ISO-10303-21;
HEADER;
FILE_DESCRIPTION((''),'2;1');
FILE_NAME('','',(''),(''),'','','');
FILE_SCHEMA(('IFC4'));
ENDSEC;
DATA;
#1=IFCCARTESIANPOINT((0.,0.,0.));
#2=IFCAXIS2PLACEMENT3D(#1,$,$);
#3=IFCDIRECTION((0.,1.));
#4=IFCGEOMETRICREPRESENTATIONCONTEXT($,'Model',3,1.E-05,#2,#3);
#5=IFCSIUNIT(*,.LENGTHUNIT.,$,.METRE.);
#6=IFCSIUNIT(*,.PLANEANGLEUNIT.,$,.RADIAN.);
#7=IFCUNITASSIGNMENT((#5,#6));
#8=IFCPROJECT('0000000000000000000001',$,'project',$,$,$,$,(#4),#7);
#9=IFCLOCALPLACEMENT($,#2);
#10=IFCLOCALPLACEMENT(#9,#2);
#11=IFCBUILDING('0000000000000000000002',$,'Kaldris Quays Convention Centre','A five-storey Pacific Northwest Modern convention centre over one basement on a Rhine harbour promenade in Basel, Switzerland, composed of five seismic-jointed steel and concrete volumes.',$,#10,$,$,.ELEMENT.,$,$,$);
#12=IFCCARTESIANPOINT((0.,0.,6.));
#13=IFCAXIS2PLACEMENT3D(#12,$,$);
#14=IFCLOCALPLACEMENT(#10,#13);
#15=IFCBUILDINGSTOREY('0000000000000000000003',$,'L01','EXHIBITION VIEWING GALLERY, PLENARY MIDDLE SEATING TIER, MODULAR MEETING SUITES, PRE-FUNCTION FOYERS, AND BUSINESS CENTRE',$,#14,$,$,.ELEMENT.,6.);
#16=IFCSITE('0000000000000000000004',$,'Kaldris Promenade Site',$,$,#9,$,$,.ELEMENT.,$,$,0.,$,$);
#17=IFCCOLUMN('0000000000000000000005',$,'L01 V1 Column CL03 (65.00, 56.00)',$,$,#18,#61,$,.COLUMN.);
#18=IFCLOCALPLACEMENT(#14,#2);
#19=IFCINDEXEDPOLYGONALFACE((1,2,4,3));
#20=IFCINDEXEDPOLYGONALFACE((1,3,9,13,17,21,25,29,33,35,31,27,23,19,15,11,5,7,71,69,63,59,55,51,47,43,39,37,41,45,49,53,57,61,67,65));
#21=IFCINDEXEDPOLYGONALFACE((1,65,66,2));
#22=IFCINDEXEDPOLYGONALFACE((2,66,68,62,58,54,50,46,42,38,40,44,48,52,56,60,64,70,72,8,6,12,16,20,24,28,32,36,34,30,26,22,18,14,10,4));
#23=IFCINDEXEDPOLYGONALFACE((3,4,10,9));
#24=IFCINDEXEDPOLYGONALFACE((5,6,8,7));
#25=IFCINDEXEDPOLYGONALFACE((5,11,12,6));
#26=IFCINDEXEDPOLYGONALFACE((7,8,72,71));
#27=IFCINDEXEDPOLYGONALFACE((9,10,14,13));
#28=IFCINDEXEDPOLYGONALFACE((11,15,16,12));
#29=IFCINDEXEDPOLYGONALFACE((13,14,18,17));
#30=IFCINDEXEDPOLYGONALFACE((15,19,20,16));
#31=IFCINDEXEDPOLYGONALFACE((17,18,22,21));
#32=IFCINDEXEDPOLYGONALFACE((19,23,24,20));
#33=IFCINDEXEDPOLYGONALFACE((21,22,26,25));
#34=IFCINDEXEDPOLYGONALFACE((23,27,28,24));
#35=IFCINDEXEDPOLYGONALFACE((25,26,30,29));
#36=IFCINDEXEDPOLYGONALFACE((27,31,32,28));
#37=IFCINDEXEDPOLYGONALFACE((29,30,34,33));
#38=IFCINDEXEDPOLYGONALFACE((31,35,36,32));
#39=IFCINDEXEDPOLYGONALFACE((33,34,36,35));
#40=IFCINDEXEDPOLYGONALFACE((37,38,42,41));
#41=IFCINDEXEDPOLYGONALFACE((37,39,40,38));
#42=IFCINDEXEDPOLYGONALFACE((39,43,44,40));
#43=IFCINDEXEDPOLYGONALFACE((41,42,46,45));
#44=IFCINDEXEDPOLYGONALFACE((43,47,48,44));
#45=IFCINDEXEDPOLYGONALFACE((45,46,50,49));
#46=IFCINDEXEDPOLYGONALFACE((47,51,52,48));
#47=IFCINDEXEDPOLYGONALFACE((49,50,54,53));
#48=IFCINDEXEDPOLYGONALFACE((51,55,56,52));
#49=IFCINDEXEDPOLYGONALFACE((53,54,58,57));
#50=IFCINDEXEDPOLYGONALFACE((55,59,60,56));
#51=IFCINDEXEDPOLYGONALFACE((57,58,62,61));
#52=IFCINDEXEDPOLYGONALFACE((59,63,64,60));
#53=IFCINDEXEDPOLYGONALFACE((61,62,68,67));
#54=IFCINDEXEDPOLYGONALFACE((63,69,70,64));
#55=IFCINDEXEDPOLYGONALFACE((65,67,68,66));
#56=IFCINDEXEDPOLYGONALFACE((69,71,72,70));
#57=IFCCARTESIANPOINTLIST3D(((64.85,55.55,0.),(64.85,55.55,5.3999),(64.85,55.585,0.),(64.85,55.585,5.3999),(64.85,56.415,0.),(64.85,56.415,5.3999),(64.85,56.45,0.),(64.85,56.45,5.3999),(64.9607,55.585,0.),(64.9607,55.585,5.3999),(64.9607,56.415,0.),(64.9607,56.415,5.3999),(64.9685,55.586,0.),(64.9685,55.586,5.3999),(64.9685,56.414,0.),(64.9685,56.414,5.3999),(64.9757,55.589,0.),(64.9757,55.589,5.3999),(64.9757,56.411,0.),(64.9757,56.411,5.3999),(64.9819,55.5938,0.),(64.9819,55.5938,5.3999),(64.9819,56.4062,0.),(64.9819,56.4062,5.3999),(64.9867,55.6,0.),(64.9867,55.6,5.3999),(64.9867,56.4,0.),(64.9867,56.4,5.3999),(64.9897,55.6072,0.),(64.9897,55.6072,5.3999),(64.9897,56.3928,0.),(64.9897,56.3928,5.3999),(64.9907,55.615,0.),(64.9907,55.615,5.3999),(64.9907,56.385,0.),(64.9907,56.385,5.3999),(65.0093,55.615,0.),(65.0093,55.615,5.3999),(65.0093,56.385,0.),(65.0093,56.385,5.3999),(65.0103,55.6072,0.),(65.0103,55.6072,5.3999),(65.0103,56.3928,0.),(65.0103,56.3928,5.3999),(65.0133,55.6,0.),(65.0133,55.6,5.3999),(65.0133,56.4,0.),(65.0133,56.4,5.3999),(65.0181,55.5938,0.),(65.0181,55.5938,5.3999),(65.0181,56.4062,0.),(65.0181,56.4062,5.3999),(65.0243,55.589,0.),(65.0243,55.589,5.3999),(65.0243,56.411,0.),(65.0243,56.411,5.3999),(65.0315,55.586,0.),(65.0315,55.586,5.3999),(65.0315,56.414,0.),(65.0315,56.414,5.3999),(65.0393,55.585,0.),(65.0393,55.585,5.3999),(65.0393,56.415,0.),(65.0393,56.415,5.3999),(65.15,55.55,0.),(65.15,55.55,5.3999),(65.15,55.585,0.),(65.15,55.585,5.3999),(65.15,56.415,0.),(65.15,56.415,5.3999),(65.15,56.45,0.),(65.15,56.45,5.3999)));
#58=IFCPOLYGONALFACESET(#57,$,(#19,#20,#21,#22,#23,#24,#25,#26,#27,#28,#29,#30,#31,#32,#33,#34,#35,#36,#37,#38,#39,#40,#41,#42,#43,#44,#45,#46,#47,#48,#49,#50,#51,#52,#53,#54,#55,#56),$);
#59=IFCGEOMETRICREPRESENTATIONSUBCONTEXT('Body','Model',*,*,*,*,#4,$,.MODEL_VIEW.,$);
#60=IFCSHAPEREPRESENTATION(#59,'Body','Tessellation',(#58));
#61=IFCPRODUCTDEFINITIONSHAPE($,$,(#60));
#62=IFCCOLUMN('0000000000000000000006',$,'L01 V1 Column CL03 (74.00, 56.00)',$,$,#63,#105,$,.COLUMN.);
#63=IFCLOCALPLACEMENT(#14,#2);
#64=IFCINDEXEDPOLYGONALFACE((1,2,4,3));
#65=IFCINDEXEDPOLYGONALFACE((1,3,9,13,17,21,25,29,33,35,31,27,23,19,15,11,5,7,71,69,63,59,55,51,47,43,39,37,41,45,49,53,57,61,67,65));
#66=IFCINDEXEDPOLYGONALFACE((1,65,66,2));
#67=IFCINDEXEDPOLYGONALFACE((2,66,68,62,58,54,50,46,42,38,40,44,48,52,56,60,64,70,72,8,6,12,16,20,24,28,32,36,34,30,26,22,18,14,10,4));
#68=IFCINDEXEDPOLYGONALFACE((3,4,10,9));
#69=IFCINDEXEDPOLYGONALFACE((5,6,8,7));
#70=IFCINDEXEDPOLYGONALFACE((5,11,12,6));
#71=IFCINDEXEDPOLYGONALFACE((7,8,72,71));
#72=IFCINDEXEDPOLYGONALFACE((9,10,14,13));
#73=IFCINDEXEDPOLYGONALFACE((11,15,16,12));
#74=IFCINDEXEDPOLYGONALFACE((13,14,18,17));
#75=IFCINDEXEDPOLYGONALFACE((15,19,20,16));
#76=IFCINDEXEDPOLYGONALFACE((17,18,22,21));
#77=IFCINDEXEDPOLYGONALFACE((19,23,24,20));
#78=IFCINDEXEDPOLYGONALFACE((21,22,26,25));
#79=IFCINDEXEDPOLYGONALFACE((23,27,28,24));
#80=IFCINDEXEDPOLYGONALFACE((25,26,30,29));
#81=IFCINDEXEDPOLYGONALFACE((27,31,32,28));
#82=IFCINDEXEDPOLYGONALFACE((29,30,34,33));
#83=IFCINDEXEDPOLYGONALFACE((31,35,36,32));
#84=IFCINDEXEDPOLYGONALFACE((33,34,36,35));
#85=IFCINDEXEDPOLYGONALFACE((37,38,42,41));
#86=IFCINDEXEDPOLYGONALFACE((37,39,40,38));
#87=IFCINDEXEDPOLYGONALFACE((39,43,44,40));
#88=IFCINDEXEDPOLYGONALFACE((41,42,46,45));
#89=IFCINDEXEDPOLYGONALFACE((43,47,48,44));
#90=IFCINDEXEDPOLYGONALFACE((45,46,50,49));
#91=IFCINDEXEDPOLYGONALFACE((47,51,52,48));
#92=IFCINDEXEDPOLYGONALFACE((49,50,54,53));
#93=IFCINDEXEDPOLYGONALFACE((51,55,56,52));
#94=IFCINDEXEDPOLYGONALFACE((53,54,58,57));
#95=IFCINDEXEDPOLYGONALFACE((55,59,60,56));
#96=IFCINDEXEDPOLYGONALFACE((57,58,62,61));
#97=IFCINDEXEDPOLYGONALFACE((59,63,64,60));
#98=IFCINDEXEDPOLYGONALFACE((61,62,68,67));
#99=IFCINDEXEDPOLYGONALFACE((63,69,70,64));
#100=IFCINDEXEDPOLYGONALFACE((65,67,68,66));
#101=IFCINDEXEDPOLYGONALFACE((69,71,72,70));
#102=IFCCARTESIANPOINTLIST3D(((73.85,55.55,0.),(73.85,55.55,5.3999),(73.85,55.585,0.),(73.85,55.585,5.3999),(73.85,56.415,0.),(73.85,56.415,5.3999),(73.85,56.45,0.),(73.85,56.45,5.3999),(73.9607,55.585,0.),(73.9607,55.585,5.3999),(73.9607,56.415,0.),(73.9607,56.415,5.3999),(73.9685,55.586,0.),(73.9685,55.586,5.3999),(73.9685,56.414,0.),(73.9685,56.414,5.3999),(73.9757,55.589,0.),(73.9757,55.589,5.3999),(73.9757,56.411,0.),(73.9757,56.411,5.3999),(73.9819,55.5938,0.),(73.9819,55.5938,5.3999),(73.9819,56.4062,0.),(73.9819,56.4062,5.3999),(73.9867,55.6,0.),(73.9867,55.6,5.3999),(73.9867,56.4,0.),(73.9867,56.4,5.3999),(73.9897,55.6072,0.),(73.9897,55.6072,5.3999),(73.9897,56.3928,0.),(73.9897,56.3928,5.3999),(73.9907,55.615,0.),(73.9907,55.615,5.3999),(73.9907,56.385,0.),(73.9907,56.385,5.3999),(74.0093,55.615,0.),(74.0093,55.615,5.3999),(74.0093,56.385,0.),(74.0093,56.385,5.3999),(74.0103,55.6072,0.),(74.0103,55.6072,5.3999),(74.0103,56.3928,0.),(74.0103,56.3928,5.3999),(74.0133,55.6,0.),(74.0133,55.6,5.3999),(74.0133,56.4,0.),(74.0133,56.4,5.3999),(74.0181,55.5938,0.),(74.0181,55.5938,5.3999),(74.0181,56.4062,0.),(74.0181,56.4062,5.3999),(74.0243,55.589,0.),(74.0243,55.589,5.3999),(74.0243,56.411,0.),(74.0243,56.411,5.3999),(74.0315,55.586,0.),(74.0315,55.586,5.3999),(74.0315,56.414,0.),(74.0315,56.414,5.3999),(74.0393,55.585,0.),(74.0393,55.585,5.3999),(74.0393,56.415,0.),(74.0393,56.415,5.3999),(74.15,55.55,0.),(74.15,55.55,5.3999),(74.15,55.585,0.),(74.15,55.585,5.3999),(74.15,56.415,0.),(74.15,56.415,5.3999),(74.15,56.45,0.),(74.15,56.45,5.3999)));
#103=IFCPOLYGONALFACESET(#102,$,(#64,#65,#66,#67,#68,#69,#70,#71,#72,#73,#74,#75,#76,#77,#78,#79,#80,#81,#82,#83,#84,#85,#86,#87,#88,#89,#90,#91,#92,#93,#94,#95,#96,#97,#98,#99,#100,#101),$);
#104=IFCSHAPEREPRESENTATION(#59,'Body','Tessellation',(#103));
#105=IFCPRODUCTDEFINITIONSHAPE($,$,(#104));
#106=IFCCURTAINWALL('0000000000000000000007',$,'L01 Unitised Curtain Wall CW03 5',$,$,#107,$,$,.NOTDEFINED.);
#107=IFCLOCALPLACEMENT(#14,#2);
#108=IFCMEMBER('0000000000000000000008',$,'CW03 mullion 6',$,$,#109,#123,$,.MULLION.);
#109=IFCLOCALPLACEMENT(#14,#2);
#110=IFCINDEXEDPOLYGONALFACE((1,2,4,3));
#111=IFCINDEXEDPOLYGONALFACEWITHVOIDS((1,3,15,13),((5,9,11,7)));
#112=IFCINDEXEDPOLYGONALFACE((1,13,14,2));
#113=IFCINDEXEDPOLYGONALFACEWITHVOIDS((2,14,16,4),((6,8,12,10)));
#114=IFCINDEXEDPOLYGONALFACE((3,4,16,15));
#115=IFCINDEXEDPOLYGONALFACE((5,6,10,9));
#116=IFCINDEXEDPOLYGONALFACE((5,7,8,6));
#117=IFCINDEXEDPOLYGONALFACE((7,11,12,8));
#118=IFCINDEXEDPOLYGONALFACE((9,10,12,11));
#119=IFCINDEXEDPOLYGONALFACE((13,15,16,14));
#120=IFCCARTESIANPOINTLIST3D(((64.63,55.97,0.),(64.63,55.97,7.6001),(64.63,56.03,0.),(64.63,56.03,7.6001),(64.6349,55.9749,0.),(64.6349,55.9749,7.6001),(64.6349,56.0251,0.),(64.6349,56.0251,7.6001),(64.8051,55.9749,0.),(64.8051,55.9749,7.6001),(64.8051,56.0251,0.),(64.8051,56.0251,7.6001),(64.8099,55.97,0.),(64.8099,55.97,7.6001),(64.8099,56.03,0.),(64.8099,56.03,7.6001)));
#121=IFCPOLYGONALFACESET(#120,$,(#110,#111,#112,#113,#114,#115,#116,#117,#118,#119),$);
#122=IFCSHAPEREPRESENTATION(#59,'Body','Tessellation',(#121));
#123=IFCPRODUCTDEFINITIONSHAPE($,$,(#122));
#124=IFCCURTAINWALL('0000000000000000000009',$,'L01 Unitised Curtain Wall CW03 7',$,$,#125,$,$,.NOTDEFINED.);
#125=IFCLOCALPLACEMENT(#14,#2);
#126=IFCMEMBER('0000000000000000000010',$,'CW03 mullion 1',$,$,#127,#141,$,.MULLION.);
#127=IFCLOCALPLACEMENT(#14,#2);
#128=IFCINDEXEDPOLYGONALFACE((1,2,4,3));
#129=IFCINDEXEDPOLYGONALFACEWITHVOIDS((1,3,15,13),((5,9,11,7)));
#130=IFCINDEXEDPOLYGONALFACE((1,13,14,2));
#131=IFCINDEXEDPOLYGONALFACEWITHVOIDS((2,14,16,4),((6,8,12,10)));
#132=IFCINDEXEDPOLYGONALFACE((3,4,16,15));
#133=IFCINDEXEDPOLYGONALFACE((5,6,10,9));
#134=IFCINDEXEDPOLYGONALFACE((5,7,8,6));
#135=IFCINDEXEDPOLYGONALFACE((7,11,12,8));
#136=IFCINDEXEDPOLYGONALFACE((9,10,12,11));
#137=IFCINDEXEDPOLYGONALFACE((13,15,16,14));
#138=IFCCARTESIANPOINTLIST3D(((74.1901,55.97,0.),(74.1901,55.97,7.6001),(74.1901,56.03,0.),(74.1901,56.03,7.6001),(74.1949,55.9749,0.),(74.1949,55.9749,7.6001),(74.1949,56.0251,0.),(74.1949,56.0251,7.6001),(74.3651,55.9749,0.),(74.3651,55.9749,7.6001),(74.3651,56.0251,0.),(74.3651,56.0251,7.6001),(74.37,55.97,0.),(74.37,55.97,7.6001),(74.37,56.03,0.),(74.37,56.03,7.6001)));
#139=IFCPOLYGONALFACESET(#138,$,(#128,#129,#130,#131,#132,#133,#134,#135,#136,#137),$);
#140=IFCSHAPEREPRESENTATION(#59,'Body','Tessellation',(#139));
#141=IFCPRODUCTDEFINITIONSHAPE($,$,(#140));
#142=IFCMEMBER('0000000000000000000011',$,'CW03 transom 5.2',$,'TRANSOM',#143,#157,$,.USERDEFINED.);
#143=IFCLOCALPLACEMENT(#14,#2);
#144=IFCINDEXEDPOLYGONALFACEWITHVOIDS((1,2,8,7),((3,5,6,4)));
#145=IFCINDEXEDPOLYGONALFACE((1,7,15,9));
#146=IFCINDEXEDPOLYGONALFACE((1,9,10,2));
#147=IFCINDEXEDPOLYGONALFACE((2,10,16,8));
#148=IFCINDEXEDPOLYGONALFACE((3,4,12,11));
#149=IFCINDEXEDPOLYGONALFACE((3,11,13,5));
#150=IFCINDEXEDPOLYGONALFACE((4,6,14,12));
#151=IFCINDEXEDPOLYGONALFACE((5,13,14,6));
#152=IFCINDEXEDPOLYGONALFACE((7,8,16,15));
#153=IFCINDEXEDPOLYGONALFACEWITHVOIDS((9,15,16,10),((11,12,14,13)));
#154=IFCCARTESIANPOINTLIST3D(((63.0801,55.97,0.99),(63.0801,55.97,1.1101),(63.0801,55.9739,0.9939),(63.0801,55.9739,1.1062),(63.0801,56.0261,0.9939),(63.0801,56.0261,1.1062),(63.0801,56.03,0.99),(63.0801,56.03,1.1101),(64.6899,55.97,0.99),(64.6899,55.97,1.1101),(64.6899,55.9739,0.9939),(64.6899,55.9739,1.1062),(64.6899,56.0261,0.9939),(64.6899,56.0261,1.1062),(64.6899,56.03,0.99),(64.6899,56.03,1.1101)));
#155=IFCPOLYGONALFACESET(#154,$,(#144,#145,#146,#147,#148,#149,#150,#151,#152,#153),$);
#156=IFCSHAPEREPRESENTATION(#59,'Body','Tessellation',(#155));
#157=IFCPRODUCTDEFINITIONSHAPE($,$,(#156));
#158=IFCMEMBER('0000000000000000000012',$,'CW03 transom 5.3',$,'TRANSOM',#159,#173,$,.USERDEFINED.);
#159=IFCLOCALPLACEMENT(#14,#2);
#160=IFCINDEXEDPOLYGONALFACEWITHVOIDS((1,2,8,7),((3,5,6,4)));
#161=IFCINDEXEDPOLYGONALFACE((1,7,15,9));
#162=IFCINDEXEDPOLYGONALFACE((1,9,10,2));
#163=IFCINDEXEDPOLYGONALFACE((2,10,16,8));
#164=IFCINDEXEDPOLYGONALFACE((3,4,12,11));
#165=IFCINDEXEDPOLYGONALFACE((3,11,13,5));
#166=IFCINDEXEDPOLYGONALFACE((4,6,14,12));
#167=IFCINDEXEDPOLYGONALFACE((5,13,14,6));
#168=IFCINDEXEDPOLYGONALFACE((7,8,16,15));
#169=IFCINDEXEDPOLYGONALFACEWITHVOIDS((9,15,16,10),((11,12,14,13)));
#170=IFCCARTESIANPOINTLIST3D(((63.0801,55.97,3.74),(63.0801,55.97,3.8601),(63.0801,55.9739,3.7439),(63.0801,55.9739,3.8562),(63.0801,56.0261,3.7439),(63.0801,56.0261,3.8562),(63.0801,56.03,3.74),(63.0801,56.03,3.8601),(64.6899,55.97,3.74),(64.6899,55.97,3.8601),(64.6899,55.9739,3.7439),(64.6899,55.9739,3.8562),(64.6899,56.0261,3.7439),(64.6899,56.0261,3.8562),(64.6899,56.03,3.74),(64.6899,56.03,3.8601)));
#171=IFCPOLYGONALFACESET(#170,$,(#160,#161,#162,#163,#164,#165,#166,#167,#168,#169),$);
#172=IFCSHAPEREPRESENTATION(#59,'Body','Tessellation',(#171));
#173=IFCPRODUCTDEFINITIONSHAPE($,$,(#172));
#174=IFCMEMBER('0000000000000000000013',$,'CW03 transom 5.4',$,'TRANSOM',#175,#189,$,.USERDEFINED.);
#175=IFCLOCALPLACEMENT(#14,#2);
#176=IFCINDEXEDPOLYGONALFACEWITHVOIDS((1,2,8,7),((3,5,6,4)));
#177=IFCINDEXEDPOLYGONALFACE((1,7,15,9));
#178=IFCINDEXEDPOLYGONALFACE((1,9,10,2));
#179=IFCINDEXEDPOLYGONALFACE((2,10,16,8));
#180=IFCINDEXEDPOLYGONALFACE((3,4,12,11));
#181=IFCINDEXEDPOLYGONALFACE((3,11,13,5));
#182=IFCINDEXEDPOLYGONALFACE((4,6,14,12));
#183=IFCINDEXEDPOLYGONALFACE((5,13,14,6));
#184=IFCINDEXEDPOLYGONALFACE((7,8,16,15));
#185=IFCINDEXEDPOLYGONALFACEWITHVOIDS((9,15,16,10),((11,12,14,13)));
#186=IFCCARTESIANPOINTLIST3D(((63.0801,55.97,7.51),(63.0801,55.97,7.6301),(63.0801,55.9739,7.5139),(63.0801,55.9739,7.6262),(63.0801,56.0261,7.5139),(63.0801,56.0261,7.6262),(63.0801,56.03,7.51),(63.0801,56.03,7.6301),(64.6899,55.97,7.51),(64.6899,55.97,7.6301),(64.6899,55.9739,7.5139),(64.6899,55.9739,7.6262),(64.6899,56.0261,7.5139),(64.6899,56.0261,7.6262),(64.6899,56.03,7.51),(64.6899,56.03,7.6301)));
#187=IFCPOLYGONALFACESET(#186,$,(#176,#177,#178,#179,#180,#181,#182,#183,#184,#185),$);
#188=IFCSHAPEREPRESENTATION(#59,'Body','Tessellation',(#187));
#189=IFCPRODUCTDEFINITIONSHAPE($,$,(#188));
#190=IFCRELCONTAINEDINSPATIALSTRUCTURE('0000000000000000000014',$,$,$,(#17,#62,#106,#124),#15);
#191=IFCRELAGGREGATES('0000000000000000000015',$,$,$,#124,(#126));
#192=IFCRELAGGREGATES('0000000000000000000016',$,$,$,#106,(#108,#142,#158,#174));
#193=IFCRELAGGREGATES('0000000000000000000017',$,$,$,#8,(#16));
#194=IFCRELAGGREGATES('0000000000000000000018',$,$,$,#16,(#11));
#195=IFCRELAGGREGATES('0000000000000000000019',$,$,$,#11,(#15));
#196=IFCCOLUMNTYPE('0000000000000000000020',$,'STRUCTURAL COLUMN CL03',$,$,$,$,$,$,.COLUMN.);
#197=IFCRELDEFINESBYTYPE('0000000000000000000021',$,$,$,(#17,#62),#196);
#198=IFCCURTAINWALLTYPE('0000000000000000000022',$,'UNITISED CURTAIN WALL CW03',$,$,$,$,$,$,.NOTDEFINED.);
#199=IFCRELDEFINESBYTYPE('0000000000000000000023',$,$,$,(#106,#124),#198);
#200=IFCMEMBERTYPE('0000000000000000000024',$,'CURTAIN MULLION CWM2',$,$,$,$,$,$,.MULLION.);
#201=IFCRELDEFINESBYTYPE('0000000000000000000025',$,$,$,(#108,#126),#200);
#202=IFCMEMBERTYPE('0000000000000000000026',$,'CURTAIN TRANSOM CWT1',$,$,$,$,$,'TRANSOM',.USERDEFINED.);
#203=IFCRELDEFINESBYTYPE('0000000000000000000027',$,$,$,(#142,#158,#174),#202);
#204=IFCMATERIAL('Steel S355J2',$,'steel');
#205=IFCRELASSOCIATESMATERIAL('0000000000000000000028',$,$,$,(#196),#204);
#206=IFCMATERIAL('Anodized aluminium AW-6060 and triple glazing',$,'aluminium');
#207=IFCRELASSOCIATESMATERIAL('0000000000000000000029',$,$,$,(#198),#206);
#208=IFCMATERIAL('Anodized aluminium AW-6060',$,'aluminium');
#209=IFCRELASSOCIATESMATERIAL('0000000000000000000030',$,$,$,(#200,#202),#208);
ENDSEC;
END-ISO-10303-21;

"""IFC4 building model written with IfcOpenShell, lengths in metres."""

from ifc_helpers import new_model, si_unit, direction, frame, origin, origin_2d, place, context, subcontext, project, spatial, hollow_rectangle, i_section, extrude, material, material_profile, profile_set, type_object, element, aggregate, save


model = new_model("IFC4")

# Units and contexts
model_context = context("Model", 3, precision=1e-05, world=origin(), true_north=direction((0.0, 1.0)))
body_context = subcontext(model_context, "Body", "Model", "MODEL_VIEW")
ifc_project = project(units=[si_unit("LENGTHUNIT", "METRE"), si_unit("PLANEANGLEUNIT", "RADIAN")], contexts=[model_context])

# Site, building, storey
site_placement = place(None, origin())
site = spatial("IfcSite", under=ifc_project, at=site_placement, Name="Kaldris Promenade Site", CompositionType="ELEMENT", RefElevation=0.0)
building_placement = place(site_placement, origin())
building = spatial("IfcBuilding", under=site, at=building_placement, Name="Kaldris Quays Convention Centre", Description="A five-storey Pacific Northwest Modern convention centre over one basement on a Rhine harbour promenade in Basel, Switzerland, composed of five seismic-jointed steel and concrete volumes.", CompositionType="ELEMENT")
storey_placement = place(building_placement, frame((0.0, 0.0, 6.0)))
storey = spatial("IfcBuildingStorey", under=building, at=storey_placement, Name="L01", Description="EXHIBITION VIEWING GALLERY, PLENARY MIDDLE SEATING TIER, MODULAR MEETING SUITES, PRE-FUNCTION FOYERS, AND BUSINESS CENTRE", CompositionType="ELEMENT", Elevation=6.0)

# Columns
ifc_material_1 = material(Name="Steel S355J2", Category="steel")
ifc_material_profile_1 = material_profile(ifc_material_1, i_section(OverallWidth=0.3, OverallDepth=0.8999, WebThickness=0.0186, FlangeThickness=0.0349, FilletRadius=0.03, at=origin_2d()), Name="HEB 900")
ifc_profile_set_1 = profile_set([ifc_material_profile_1], Name="Steel S355J2")
column_type = type_object("IfcColumnType", Name="STRUCTURAL COLUMN CL03", PredefinedType="COLUMN", material=ifc_profile_set_1)
for number, where, z_axis, x_axis, name in (
    (1, (65.0, 56.0, 0.0), (0.0, 0.0, 1.0), (1.0, 0.0, 0.0), "L01 V1 Column CL03 (65.00, 56.00)"),
    (2, (74.0, 56.0, 0.0), (0.0, 0.0, 1.0), (1.0, 0.0, 0.0), "L01 V1 Column CL03 (74.00, 56.00)"),
):
    element("IfcColumn", number, at=place(storey_placement, frame(where, z_axis=z_axis, x_axis=x_axis)), inside=storey, type_object=column_type, Name=name, PredefinedType="COLUMN", context=body_context, shape_type="SweptSolid", body=[
        extrude(i_section(OverallWidth=0.3, OverallDepth=0.8999, WebThickness=0.0186, FlangeThickness=0.0349, FilletRadius=0.03, at=origin_2d()), origin(), (0.0, 0.0, 1.0), 5.3999),
    ])

# Curtain walls, members
ifc_material_2 = material(Name="Anodized aluminium AW-6060 and triple glazing", Category="aluminium")
curtain_wall_type = type_object("IfcCurtainWallType", Name="UNITISED CURTAIN WALL CW03", PredefinedType="NOTDEFINED", material=ifc_material_2)
curtain_wall_1_placement = place(storey_placement, origin())
curtain_wall_1 = element("IfcCurtainWall", 3, at=curtain_wall_1_placement, inside=storey, type_object=curtain_wall_type, Name="L01 Unitised Curtain Wall CW03 5", PredefinedType="NOTDEFINED")
ifc_material_3 = material(Name="Anodized aluminium AW-6060", Category="aluminium")
ifc_material_profile_2 = material_profile(ifc_material_3, hollow_rectangle(XDim=0.0601, YDim=0.1799, WallThickness=0.0049, at=origin_2d()), Name="RHS 180x60x5")
ifc_profile_set_2 = profile_set([ifc_material_profile_2], Name="Anodized aluminium AW-6060")
member_type_1 = type_object("IfcMemberType", Name="CURTAIN MULLION CWM2", PredefinedType="MULLION", material=ifc_profile_set_2)
member_1_placement = place(storey_placement, frame((64.72, 56.0, 0.0), z_axis=(0.0, 0.0, 1.0), x_axis=(0.0, 1.0, 0.0)))
member_1 = element("IfcMember", 4, at=member_1_placement, type_object=member_type_1, Name="CW03 mullion 6", PredefinedType="MULLION", context=body_context, shape_type="SweptSolid", body=[
    extrude(hollow_rectangle(XDim=0.0601, YDim=0.1799, WallThickness=0.0049, at=origin_2d()), origin(), (0.0, 0.0, 1.0), 7.6001),
])
curtain_wall_2_placement = place(storey_placement, origin())
curtain_wall_2 = element("IfcCurtainWall", 5, at=curtain_wall_2_placement, inside=storey, type_object=curtain_wall_type, Name="L01 Unitised Curtain Wall CW03 7", PredefinedType="NOTDEFINED")
member_2_placement = place(storey_placement, frame((74.28, 56.0, 0.0), z_axis=(0.0, 0.0, 1.0), x_axis=(0.0, 1.0, 0.0)))
member_2 = element("IfcMember", 6, at=member_2_placement, type_object=member_type_1, Name="CW03 mullion 1", PredefinedType="MULLION", context=body_context, shape_type="SweptSolid", body=[
    extrude(hollow_rectangle(XDim=0.0601, YDim=0.1799, WallThickness=0.0049, at=origin_2d()), origin(), (0.0, 0.0, 1.0), 7.6001),
])

# Members
ifc_material_profile_3 = material_profile(ifc_material_3, hollow_rectangle(XDim=0.0601, YDim=0.1201, WallThickness=0.0039, at=origin_2d()), Name="RHS 120x60x4")
ifc_profile_set_3 = profile_set([ifc_material_profile_3], Name="Anodized aluminium AW-6060")
member_type_2 = type_object("IfcMemberType", Name="CURTAIN TRANSOM CWT1", ElementType="TRANSOM", PredefinedType="USERDEFINED", material=ifc_profile_set_3)
member_3_placement = place(storey_placement, frame((63.0801, 56.0, 1.05), z_axis=(1.0, 0.0, 0.0), x_axis=(0.0, 1.0, 0.0)))
member_3 = element("IfcMember", 7, at=member_3_placement, type_object=member_type_2, Name="CW03 transom 5.2", ObjectType="TRANSOM", PredefinedType="USERDEFINED", context=body_context, shape_type="SweptSolid", body=[
    extrude(hollow_rectangle(XDim=0.0601, YDim=0.1201, WallThickness=0.0039, at=origin_2d()), origin(), (0.0, 0.0, 1.0), 1.6099),
])
member_4_placement = place(storey_placement, frame((63.0801, 56.0, 3.8), z_axis=(1.0, 0.0, 0.0), x_axis=(0.0, 1.0, 0.0)))
member_4 = element("IfcMember", 8, at=member_4_placement, type_object=member_type_2, Name="CW03 transom 5.3", ObjectType="TRANSOM", PredefinedType="USERDEFINED", context=body_context, shape_type="SweptSolid", body=[
    extrude(hollow_rectangle(XDim=0.0601, YDim=0.1201, WallThickness=0.0039, at=origin_2d()), origin(), (0.0, 0.0, 1.0), 1.6099),
])
member_5_placement = place(storey_placement, frame((63.0801, 56.0, 7.5701), z_axis=(1.0, 0.0, 0.0), x_axis=(0.0, 1.0, 0.0)))
member_5 = element("IfcMember", 9, at=member_5_placement, type_object=member_type_2, Name="CW03 transom 5.4", ObjectType="TRANSOM", PredefinedType="USERDEFINED", context=body_context, shape_type="SweptSolid", body=[
    extrude(hollow_rectangle(XDim=0.0601, YDim=0.1201, WallThickness=0.0039, at=origin_2d()), origin(), (0.0, 0.0, 1.0), 1.6099),
])
aggregate(curtain_wall_2, [member_2])

aggregate(curtain_wall_1, [member_1, member_3, member_4, member_5])

save(model, "model.ifc")
